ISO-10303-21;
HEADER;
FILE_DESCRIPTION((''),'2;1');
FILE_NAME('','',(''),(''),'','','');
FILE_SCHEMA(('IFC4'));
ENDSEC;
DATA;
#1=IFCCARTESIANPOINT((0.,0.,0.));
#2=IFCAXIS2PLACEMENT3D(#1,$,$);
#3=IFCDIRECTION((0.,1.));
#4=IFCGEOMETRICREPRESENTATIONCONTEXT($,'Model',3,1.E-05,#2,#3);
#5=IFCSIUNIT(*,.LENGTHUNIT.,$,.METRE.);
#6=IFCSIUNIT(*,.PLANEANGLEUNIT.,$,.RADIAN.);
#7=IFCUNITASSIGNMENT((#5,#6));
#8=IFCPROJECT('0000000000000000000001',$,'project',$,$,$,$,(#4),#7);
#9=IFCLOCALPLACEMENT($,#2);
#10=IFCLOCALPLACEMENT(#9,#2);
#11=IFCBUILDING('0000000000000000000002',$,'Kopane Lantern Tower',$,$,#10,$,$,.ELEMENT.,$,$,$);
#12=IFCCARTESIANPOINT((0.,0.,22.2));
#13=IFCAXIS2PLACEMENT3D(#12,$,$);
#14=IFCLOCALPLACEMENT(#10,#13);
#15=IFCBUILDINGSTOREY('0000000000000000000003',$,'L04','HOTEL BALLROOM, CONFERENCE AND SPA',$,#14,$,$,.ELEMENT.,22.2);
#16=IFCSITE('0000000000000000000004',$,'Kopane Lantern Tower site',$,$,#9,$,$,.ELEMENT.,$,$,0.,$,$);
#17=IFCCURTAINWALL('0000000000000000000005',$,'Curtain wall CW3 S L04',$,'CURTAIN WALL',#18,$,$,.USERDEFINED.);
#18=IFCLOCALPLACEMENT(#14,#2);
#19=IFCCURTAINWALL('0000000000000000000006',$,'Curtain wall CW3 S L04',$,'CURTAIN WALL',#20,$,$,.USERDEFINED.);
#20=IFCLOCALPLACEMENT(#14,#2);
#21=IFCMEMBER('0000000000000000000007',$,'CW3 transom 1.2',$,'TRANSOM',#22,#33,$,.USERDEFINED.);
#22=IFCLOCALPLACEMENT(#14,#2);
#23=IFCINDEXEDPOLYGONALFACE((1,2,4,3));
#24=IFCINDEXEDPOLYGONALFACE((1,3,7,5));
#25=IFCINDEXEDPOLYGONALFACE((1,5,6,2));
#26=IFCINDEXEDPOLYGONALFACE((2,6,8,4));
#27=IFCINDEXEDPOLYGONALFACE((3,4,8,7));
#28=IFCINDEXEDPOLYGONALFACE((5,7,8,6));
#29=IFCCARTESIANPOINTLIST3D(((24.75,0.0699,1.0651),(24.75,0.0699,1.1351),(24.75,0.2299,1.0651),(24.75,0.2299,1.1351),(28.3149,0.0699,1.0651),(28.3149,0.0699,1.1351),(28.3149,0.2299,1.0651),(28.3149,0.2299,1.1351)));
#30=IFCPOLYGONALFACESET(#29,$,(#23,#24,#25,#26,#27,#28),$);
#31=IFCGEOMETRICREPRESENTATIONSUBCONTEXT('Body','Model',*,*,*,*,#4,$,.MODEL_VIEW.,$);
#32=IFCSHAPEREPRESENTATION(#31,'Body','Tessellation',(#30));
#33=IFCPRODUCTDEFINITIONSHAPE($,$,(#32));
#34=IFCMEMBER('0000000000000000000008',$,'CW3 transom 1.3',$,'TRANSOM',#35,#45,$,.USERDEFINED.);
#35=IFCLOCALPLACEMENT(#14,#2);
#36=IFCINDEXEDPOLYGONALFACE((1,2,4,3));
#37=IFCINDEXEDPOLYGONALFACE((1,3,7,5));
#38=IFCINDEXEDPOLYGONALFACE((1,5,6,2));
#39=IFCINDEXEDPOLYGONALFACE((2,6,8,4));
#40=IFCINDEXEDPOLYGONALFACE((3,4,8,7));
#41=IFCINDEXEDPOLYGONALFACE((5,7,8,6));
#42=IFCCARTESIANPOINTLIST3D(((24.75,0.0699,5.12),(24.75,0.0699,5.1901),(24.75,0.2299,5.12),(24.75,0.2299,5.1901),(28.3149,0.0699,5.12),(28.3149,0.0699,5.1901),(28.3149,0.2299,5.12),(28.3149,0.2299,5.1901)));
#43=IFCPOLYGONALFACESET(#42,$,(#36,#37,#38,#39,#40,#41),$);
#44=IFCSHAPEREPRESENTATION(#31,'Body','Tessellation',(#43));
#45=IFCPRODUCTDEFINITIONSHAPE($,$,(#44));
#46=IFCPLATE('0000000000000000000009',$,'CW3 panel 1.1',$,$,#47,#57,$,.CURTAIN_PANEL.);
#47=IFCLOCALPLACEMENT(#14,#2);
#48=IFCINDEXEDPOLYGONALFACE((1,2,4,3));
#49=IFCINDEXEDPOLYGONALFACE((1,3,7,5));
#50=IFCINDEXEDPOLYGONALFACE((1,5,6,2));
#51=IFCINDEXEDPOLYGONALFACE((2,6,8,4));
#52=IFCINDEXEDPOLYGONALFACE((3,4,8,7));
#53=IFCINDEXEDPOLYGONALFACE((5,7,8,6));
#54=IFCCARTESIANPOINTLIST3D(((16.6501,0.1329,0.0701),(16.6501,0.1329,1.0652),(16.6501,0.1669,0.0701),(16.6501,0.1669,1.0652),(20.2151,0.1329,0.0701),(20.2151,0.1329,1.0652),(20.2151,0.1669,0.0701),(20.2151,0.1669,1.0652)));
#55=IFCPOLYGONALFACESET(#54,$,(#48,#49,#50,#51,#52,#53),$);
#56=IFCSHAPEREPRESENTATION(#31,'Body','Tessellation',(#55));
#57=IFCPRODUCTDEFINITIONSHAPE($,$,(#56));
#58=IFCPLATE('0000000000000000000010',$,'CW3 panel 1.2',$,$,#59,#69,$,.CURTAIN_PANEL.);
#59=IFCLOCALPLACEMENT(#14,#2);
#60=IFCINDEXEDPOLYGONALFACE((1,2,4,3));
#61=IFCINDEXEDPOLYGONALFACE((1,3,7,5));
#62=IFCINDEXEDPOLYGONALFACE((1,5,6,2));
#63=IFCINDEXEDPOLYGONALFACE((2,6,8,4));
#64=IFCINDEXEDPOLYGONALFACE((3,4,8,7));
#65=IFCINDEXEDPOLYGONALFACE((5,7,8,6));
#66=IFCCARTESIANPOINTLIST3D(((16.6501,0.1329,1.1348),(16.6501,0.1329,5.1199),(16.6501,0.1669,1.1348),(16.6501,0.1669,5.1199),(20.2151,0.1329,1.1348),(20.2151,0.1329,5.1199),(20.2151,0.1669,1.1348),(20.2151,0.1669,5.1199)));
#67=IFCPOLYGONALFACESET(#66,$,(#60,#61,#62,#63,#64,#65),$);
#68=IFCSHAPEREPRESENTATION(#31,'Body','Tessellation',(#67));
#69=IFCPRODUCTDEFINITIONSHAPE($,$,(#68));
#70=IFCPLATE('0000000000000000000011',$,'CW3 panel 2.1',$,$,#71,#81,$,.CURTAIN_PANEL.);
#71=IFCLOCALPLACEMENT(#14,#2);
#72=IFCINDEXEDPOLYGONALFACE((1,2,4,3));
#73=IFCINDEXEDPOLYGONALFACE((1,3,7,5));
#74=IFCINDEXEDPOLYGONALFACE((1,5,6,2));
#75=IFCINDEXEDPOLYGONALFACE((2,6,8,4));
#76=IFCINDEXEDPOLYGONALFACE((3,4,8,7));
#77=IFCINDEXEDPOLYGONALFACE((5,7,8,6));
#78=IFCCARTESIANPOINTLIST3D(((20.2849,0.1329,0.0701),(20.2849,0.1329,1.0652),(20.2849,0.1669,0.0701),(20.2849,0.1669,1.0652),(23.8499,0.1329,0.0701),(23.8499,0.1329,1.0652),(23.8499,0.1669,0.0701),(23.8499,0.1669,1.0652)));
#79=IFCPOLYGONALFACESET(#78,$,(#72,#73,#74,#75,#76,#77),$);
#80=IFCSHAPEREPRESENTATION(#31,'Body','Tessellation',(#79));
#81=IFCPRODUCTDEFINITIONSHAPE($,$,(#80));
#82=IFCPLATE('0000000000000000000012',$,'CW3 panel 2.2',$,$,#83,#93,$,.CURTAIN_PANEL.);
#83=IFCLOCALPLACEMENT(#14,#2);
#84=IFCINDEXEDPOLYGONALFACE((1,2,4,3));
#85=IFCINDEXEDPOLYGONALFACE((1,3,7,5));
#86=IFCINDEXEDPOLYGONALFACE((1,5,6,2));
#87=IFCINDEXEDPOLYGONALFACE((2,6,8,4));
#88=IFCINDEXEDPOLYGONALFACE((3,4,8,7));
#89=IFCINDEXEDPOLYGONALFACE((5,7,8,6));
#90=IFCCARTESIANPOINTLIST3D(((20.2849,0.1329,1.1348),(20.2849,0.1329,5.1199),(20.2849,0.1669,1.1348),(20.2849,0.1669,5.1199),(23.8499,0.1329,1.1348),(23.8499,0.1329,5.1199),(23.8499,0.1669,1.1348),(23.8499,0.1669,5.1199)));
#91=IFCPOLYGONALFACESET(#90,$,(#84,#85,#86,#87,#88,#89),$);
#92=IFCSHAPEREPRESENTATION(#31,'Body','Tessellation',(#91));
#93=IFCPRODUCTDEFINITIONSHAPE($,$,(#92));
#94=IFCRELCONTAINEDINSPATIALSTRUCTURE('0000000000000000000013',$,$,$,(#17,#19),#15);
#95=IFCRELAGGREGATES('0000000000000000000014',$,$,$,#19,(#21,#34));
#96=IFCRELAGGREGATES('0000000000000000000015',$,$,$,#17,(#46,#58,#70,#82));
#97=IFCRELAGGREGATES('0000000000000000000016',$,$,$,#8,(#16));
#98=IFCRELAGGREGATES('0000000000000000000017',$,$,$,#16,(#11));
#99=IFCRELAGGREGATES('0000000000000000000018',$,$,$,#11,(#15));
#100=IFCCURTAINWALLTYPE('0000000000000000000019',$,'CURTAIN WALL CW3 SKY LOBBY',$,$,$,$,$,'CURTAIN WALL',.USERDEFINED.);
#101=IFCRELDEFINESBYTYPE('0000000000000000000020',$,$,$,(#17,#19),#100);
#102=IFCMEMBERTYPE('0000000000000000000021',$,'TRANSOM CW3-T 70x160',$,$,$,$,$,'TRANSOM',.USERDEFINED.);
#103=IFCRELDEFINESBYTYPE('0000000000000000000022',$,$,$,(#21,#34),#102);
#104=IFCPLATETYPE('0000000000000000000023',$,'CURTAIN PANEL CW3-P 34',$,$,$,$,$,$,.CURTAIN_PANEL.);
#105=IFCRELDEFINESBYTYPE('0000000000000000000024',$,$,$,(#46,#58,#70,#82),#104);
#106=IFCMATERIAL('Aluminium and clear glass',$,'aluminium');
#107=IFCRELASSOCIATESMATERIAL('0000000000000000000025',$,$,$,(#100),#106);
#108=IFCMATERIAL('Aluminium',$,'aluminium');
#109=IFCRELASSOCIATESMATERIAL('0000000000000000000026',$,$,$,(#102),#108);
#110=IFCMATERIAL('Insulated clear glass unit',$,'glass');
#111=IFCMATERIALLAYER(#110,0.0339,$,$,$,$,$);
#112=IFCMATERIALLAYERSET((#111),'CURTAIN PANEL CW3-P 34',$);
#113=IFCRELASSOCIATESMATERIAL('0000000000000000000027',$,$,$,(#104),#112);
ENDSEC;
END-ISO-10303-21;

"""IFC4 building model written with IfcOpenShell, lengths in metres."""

from ifc_helpers import new_model, si_unit, direction, frame, origin, origin_2d, place, context, subcontext, project, spatial, rectangle, extrude, material, layer, layer_set, material_profile, profile_set, type_object, element, aggregate, save


model = new_model("IFC4")

# Units and contexts
model_context = context("Model", 3, precision=1e-05, world=origin(), true_north=direction((0.0, 1.0)))
body_context = subcontext(model_context, "Body", "Model", "MODEL_VIEW")
ifc_project = project(units=[si_unit("LENGTHUNIT", "METRE"), si_unit("PLANEANGLEUNIT", "RADIAN")], contexts=[model_context])

# Site, building, storey
site_placement = place(None, origin())
site = spatial("IfcSite", under=ifc_project, at=site_placement, Name="Kopane Lantern Tower site", CompositionType="ELEMENT", RefElevation=0.0)
building_placement = place(site_placement, origin())
building = spatial("IfcBuilding", under=site, at=building_placement, Name="Kopane Lantern Tower", CompositionType="ELEMENT")
storey_placement = place(building_placement, frame((0.0, 0.0, 22.2)))
storey = spatial("IfcBuildingStorey", under=building, at=storey_placement, Name="L04", Description="HOTEL BALLROOM, CONFERENCE AND SPA", CompositionType="ELEMENT", Elevation=22.2)

# Curtain wall
ifc_material_1 = material(Name="Aluminium and clear glass", Category="aluminium")
curtain_wall_type = type_object("IfcCurtainWallType", Name="CURTAIN WALL CW3 SKY LOBBY", ElementType="CURTAIN WALL", PredefinedType="USERDEFINED", material=ifc_material_1)
curtain_wall_1_placement = place(storey_placement, origin())
curtain_wall_1 = element("IfcCurtainWall", 1, at=curtain_wall_1_placement, inside=storey, type_object=curtain_wall_type, Name="Curtain wall CW3 S L04", ObjectType="CURTAIN WALL", PredefinedType="USERDEFINED")

# Curtain wall
curtain_wall_2_placement = place(storey_placement, origin())
curtain_wall_2 = element("IfcCurtainWall", 2, at=curtain_wall_2_placement, inside=storey, type_object=curtain_wall_type, Name="Curtain wall CW3 S L04", ObjectType="CURTAIN WALL", PredefinedType="USERDEFINED")

# Members
ifc_material_2 = material(Name="Aluminium", Category="aluminium")
ifc_material_profile_1 = material_profile(ifc_material_2, rectangle(XDim=0.1599, YDim=0.0701, at=origin_2d()), Name="AL 160x70")
ifc_profile_set_1 = profile_set([ifc_material_profile_1], Name="Aluminium")
member_type_1 = type_object("IfcMemberType", Name="TRANSOM CW3-T 70x160", ElementType="TRANSOM", PredefinedType="USERDEFINED", material=ifc_profile_set_1)
member_1_placement = place(storey_placement, frame((24.75, 0.1499, 1.1001), z_axis=(1.0, 0.0, 0.0), x_axis=(0.0, 1.0, 0.0)))
member_1 = element("IfcMember", 3, at=member_1_placement, type_object=member_type_1, Name="CW3 transom 1.2", ObjectType="TRANSOM", PredefinedType="USERDEFINED", context=body_context, shape_type="SweptSolid", body=[
    extrude(rectangle(XDim=0.1599, YDim=0.0701, at=origin_2d()), origin(), (0.0, 0.0, 1.0), 3.5649),
])
member_2_placement = place(storey_placement, frame((24.75, 0.1499, 5.155), z_axis=(1.0, 0.0, 0.0), x_axis=(0.0, 1.0, 0.0)))
member_2 = element("IfcMember", 4, at=member_2_placement, type_object=member_type_1, Name="CW3 transom 1.3", ObjectType="TRANSOM", PredefinedType="USERDEFINED", context=body_context, shape_type="SweptSolid", body=[
    extrude(rectangle(XDim=0.1599, YDim=0.0701, at=origin_2d()), origin(), (0.0, 0.0, 1.0), 3.5649),
])
aggregate(curtain_wall_2, [member_1, member_2])

# Plates
ifc_material_3 = material(Name="Insulated clear glass unit", Category="glass")
ifc_layer = layer(ifc_material_3, 0.0339)
ifc_layer_set = layer_set([ifc_layer], Name="CURTAIN PANEL CW3-P 34")
plate_type = type_object("IfcPlateType", Name="CURTAIN PANEL CW3-P 34", PredefinedType="CURTAIN_PANEL", material=ifc_layer_set)
plate_1_placement = place(storey_placement, frame((18.4326, 0.1499, 0.0701), z_axis=(0.0, 0.0, 1.0), x_axis=(1.0, 0.0, 0.0)))
plate_1 = element("IfcPlate", 5, at=plate_1_placement, type_object=plate_type, Name="CW3 panel 1.1", PredefinedType="CURTAIN_PANEL", context=body_context, shape_type="SweptSolid", body=[
    extrude(rectangle(XDim=3.5649, YDim=0.0339, at=origin_2d()), origin(), (0.0, 0.0, 1.0), 0.9951),
])
plate_2_placement = place(storey_placement, frame((18.4326, 0.1499, 1.1348), z_axis=(0.0, 0.0, 1.0), x_axis=(1.0, 0.0, 0.0)))
plate_2 = element("IfcPlate", 6, at=plate_2_placement, type_object=plate_type, Name="CW3 panel 1.2", PredefinedType="CURTAIN_PANEL", context=body_context, shape_type="SweptSolid", body=[
    extrude(rectangle(XDim=3.5649, YDim=0.0339, at=origin_2d()), origin(), (0.0, 0.0, 1.0), 3.9851),
])
plate_3_placement = place(storey_placement, frame((22.0674, 0.1499, 0.0701), z_axis=(0.0, 0.0, 1.0), x_axis=(1.0, 0.0, 0.0)))
plate_3 = element("IfcPlate", 7, at=plate_3_placement, type_object=plate_type, Name="CW3 panel 2.1", PredefinedType="CURTAIN_PANEL", context=body_context, shape_type="SweptSolid", body=[
    extrude(rectangle(XDim=3.5649, YDim=0.0339, at=origin_2d()), origin(), (0.0, 0.0, 1.0), 0.9951),
])
plate_4_placement = place(storey_placement, frame((22.0674, 0.1499, 1.1348), z_axis=(0.0, 0.0, 1.0), x_axis=(1.0, 0.0, 0.0)))
plate_4 = element("IfcPlate", 8, at=plate_4_placement, type_object=plate_type, Name="CW3 panel 2.2", PredefinedType="CURTAIN_PANEL", context=body_context, shape_type="SweptSolid", body=[
    extrude(rectangle(XDim=3.5649, YDim=0.0339, at=origin_2d()), origin(), (0.0, 0.0, 1.0), 3.9851),
])
aggregate(curtain_wall_1, [plate_1, plate_2, plate_3, plate_4])

save(model, "model.ifc")
